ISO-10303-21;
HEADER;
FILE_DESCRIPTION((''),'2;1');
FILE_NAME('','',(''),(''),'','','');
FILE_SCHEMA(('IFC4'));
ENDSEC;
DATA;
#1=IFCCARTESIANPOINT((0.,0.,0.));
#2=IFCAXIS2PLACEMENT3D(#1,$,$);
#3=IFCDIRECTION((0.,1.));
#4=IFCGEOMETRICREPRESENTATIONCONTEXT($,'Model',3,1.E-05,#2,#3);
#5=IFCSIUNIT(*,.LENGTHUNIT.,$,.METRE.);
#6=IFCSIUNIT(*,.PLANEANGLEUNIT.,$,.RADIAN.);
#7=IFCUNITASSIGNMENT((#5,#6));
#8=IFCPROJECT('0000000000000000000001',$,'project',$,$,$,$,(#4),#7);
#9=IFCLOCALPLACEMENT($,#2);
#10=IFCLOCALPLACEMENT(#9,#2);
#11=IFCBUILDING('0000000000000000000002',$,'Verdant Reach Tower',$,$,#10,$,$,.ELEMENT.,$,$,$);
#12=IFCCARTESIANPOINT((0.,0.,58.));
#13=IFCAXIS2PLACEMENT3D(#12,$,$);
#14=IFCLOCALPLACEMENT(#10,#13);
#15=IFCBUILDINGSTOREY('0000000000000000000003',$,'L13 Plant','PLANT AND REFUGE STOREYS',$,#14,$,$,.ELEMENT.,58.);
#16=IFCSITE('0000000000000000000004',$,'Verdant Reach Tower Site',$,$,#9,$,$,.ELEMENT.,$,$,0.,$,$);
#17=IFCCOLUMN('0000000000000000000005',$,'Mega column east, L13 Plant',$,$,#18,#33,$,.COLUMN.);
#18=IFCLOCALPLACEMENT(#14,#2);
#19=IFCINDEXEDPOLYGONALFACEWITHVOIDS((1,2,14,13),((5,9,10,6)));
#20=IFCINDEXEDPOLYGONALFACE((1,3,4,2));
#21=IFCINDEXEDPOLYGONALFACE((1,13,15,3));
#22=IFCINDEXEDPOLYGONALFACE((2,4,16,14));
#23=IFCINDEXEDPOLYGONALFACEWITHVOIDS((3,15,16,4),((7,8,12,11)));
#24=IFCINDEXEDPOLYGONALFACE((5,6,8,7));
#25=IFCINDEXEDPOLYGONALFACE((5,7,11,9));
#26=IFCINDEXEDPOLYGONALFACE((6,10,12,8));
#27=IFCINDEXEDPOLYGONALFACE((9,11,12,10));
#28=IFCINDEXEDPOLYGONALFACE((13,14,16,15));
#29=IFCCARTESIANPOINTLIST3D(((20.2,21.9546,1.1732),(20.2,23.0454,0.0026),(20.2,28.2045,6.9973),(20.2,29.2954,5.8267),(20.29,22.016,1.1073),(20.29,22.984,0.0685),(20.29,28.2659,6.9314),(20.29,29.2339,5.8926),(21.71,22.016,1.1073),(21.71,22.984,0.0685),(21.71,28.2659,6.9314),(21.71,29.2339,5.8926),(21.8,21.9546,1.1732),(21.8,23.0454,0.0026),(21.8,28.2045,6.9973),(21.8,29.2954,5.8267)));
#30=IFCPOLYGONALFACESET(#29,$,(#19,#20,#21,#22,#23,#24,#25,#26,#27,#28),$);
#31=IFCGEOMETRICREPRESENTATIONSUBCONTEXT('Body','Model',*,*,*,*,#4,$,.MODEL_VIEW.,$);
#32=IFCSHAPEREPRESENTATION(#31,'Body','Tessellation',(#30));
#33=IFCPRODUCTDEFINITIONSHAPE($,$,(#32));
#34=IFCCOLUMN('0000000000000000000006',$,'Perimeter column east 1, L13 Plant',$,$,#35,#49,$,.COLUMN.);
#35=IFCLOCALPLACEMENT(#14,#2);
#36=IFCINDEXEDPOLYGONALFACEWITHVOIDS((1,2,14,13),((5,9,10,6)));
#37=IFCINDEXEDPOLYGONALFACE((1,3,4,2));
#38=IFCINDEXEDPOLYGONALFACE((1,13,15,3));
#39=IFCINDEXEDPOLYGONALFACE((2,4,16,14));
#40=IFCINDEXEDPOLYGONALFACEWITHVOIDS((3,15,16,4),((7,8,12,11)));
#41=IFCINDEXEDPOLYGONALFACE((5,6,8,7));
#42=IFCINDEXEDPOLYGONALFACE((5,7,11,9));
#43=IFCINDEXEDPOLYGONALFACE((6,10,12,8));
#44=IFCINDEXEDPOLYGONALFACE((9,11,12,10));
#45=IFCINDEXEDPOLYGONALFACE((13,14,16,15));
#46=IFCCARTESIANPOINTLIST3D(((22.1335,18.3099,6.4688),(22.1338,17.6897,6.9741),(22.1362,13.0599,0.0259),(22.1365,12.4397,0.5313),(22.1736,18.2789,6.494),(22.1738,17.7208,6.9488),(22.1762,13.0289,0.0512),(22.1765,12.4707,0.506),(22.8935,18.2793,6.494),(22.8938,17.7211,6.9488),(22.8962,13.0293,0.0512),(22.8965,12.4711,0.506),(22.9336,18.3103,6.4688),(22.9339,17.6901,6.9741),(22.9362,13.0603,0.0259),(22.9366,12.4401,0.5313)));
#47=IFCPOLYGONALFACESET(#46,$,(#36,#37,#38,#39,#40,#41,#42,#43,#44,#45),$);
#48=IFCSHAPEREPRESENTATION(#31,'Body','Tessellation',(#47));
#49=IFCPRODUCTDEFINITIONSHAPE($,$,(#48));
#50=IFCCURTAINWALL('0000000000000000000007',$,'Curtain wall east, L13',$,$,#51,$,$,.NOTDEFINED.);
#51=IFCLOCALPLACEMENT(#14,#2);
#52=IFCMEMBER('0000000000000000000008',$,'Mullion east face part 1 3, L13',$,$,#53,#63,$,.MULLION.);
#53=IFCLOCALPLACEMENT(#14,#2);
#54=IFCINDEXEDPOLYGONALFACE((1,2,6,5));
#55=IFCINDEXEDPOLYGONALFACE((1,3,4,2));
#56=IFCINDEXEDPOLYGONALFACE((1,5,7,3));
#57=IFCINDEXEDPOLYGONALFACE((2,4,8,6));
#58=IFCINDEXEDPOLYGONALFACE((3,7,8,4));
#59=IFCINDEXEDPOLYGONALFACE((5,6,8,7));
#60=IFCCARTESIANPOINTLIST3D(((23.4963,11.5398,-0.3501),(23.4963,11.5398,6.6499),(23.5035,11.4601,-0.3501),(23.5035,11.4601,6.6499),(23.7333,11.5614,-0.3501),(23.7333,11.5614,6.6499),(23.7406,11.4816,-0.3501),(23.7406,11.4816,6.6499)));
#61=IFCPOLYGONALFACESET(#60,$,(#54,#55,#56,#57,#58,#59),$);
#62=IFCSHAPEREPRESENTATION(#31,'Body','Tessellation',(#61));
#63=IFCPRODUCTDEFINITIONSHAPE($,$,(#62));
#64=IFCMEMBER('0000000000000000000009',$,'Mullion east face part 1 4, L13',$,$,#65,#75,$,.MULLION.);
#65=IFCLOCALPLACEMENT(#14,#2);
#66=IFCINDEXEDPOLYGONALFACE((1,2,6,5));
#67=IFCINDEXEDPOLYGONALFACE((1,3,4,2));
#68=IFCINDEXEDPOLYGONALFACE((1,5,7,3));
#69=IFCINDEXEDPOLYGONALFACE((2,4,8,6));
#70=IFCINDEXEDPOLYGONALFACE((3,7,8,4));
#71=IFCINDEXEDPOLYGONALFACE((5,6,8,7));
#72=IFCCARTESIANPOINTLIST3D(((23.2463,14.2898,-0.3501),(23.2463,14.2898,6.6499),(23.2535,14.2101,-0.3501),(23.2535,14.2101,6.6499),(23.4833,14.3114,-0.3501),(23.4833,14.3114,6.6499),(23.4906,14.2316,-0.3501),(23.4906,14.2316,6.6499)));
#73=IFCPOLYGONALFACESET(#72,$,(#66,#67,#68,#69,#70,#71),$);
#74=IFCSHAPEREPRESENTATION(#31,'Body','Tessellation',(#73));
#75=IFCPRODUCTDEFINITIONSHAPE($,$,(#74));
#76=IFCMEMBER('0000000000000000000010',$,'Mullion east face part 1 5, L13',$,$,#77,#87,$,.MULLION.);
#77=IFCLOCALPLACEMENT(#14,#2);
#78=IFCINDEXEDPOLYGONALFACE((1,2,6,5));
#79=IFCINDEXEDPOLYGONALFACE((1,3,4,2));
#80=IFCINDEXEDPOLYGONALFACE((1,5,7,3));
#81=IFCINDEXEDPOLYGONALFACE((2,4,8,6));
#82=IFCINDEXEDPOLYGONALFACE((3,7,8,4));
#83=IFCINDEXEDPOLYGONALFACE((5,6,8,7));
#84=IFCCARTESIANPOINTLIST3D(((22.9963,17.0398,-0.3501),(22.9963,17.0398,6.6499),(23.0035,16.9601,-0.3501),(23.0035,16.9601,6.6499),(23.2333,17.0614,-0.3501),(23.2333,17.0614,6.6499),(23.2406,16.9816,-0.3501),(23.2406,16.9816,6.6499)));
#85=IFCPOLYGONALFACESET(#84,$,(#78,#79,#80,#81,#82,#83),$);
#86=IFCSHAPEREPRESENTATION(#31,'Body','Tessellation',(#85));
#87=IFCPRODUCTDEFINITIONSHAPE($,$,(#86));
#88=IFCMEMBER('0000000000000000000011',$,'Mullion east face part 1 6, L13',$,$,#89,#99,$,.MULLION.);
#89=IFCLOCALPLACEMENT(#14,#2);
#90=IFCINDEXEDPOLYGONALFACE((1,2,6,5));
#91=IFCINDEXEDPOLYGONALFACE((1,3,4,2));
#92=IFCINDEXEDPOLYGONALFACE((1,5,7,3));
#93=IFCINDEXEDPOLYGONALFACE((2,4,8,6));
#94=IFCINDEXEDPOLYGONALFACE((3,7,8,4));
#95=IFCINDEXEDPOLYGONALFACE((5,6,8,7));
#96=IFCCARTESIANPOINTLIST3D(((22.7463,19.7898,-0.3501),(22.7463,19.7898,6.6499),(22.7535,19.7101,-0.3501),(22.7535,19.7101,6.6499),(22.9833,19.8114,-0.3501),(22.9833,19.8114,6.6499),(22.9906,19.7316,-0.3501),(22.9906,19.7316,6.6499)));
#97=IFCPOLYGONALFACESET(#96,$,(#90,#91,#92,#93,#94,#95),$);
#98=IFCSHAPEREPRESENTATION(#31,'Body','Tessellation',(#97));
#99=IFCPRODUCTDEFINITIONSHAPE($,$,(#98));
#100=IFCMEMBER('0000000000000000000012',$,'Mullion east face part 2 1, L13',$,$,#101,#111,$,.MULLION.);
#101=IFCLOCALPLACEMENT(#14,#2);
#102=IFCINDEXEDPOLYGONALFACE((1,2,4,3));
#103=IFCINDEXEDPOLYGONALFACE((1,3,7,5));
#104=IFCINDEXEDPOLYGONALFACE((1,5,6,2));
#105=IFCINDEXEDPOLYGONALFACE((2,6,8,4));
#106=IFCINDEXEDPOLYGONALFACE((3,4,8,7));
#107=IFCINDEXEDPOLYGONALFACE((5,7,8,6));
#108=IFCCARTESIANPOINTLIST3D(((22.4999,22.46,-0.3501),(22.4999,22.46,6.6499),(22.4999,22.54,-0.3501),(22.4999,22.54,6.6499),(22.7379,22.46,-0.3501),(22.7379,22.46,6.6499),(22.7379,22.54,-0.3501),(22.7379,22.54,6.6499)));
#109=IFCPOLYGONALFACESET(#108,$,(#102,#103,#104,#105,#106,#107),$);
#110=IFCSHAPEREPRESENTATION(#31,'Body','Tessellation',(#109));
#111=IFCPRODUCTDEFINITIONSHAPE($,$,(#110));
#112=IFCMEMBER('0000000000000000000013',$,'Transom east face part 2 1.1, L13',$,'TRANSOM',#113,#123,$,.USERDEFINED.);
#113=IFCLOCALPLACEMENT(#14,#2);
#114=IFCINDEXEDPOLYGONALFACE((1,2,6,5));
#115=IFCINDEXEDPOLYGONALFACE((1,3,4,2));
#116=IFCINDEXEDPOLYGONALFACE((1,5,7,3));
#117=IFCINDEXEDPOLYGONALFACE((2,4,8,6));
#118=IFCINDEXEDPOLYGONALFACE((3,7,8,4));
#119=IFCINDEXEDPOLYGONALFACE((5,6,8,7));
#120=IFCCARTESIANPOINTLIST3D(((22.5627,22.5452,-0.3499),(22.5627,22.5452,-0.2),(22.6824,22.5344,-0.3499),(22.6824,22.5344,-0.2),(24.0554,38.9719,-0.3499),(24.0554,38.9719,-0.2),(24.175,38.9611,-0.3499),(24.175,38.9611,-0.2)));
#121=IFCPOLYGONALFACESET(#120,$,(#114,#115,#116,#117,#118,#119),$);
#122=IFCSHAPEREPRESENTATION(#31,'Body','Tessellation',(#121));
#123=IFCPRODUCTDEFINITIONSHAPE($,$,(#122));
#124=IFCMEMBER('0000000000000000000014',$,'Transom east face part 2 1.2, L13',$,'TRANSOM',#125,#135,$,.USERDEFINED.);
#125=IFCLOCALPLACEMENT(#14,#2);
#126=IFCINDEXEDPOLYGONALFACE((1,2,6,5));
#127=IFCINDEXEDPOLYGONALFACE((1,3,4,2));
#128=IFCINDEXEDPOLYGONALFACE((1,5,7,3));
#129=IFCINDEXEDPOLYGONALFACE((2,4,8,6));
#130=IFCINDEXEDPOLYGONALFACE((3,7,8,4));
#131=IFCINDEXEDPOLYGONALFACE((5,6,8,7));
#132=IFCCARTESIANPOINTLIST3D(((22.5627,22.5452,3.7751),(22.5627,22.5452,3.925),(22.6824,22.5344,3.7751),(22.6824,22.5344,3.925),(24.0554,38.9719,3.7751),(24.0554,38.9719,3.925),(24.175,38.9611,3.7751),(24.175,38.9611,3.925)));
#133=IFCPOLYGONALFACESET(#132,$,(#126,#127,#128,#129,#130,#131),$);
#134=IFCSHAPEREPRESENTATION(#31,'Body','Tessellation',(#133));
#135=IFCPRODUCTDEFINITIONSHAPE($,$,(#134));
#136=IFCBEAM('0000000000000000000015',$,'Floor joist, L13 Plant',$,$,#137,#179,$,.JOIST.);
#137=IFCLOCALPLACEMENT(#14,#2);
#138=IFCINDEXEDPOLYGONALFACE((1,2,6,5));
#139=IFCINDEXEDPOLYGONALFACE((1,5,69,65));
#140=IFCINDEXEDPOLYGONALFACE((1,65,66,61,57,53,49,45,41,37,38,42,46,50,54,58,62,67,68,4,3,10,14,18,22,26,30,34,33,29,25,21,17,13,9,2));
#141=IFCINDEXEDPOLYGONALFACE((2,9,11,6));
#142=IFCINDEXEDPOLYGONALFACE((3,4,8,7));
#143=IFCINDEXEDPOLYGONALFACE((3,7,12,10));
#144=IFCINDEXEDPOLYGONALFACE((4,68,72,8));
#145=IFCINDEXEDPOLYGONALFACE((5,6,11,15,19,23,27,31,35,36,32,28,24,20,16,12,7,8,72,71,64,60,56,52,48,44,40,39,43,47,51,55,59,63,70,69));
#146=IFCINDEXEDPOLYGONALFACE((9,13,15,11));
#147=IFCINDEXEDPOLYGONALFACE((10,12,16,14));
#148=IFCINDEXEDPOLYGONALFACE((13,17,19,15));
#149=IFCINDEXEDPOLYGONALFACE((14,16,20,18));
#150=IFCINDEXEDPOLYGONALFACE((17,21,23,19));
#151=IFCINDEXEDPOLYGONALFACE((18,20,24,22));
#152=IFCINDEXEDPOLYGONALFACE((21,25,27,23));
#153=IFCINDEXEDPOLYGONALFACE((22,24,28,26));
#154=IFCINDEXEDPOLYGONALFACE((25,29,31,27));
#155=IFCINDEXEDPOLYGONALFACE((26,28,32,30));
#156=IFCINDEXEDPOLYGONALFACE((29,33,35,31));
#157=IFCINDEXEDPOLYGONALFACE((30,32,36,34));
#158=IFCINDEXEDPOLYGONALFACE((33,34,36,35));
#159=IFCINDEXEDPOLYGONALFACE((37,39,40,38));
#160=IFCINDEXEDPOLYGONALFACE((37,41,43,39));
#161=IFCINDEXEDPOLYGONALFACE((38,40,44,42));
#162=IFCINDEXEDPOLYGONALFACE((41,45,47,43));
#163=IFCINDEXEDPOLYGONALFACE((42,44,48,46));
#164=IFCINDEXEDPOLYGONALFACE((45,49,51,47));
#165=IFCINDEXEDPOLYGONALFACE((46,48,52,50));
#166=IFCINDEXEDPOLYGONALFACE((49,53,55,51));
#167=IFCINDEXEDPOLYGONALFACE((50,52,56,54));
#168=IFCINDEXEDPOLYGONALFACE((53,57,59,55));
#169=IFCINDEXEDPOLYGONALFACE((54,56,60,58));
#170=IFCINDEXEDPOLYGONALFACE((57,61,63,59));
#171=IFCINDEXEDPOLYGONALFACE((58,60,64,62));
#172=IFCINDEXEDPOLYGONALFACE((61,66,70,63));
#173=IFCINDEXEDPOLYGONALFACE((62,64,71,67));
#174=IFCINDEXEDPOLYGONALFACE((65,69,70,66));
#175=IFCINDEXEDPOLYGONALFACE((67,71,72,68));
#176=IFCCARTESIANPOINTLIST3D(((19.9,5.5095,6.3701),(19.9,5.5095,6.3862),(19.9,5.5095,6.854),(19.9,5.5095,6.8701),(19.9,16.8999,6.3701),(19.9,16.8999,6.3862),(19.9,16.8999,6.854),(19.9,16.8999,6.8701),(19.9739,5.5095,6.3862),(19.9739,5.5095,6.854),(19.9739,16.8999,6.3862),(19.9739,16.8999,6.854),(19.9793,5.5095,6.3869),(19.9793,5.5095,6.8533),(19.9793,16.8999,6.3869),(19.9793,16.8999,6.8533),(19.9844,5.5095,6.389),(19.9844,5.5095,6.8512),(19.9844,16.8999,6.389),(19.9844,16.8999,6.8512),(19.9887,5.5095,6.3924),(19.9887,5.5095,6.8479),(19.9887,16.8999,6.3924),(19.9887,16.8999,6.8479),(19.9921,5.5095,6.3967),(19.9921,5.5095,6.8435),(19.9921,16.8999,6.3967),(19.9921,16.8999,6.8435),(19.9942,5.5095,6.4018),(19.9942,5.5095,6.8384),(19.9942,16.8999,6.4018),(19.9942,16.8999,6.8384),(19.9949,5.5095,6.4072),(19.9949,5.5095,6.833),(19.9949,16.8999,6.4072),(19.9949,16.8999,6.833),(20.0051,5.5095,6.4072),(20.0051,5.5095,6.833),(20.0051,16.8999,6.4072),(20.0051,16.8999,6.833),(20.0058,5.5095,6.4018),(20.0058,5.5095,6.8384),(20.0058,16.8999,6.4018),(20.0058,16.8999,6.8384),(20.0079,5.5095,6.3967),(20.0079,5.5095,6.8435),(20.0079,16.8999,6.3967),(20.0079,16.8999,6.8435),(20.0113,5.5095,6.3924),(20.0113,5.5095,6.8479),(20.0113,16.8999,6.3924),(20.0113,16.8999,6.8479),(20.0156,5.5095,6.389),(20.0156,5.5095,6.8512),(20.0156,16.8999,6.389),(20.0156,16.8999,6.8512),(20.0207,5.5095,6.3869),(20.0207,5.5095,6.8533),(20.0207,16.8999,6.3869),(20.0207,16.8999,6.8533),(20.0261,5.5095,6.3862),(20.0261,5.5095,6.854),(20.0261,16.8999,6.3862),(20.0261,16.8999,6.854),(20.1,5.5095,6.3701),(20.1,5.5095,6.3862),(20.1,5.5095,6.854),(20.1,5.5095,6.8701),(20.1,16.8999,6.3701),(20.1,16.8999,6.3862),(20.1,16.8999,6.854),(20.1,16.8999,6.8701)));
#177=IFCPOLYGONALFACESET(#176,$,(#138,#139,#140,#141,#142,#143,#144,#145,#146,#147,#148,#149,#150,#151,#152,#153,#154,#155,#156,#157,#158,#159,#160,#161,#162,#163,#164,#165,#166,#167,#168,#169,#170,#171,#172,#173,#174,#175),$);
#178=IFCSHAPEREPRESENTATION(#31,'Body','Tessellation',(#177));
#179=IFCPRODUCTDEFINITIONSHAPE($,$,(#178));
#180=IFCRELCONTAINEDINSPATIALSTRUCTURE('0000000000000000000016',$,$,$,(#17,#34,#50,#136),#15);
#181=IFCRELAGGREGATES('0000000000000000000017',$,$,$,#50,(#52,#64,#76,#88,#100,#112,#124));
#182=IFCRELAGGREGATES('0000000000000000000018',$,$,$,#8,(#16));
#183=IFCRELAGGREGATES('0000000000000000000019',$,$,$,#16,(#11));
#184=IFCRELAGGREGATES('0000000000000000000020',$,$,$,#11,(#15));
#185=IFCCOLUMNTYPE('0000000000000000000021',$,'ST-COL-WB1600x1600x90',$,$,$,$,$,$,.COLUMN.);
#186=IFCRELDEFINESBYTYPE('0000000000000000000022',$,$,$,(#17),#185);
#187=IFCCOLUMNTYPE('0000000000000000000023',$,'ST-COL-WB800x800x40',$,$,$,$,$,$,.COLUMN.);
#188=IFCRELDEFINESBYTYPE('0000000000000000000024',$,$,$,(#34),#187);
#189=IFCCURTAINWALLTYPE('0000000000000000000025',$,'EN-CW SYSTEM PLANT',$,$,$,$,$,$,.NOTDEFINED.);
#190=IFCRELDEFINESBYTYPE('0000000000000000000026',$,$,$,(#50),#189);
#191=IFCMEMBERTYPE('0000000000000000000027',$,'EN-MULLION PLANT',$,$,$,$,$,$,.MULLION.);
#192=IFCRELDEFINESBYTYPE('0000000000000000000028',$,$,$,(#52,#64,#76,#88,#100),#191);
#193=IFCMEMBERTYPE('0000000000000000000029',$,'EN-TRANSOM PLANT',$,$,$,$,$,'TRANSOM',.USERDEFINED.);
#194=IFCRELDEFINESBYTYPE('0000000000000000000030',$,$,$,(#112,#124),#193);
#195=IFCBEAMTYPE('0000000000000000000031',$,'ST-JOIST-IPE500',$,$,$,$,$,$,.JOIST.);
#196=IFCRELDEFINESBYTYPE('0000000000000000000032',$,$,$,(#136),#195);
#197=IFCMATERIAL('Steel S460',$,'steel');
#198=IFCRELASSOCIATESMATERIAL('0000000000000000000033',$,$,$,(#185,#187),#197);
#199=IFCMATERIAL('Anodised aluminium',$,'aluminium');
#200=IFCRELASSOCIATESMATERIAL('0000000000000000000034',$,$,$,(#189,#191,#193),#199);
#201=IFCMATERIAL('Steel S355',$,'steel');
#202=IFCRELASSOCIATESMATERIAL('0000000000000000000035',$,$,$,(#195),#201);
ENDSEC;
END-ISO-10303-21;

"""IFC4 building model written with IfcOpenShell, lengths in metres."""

from ifc_helpers import new_model, si_unit, direction, frame, origin, origin_2d, place, context, subcontext, project, spatial, rectangle, hollow_rectangle, i_section, extrude, material, material_profile, profile_set, type_object, element, aggregate, save


model = new_model("IFC4")

# Units and contexts
model_context = context("Model", 3, precision=1e-05, world=origin(), true_north=direction((0.0, 1.0)))
body_context = subcontext(model_context, "Body", "Model", "MODEL_VIEW")
ifc_project = project(units=[si_unit("LENGTHUNIT", "METRE"), si_unit("PLANEANGLEUNIT", "RADIAN")], contexts=[model_context])

# Site, building, storey
site_placement = place(None, origin())
site = spatial("IfcSite", under=ifc_project, at=site_placement, Name="Verdant Reach Tower Site", CompositionType="ELEMENT", RefElevation=0.0)
building_placement = place(site_placement, origin())
building = spatial("IfcBuilding", under=site, at=building_placement, Name="Verdant Reach Tower", CompositionType="ELEMENT")
storey_placement = place(building_placement, frame((0.0, 0.0, 58.0)))
storey = spatial("IfcBuildingStorey", under=building, at=storey_placement, Name="L13 Plant", Description="PLANT AND REFUGE STOREYS", CompositionType="ELEMENT", Elevation=58.0)

# Columns
ifc_material_1 = material(Name="Steel S460", Category="steel")
ifc_material_profile_1 = material_profile(ifc_material_1, hollow_rectangle(XDim=1.6001, YDim=1.6001, WallThickness=0.0901, at=origin_2d()), Name="WB 1600x1600x90")
ifc_profile_set_1 = profile_set([ifc_material_profile_1], Name="Steel S460")
column_type_1 = type_object("IfcColumnType", Name="ST-COL-WB1600x1600x90", PredefinedType="COLUMN", material=ifc_profile_set_1)
column_1_placement = place(storey_placement, frame((21.0, 22.5, 0.5879), z_axis=(0.0, 0.731587, 0.681748), x_axis=(-1.0, 0.0, 0.0)))
element("IfcColumn", 1, at=column_1_placement, inside=storey, type_object=column_type_1, Name="Mega column east, L13 Plant", PredefinedType="COLUMN", context=body_context, shape_type="SweptSolid", body=[
    extrude(hollow_rectangle(XDim=1.6001, YDim=1.6001, WallThickness=0.0901, at=origin_2d()), origin(), (0.0, 0.0, 1.0), 8.543),
])
ifc_material_profile_2 = material_profile(ifc_material_1, hollow_rectangle(XDim=0.8, YDim=0.8, WallThickness=0.04, at=origin_2d()), Name="WB 800x800x40")
ifc_profile_set_2 = profile_set([ifc_material_profile_2], Name="Steel S460")
column_type_2 = type_object("IfcColumnType", Name="ST-COL-WB800x800x40", PredefinedType="COLUMN", material=ifc_profile_set_2)
column_2_placement = place(storey_placement, frame((22.5364, 12.75, 0.2786), z_axis=(-0.000323, 0.631691, 0.77522), x_axis=(-1.0, -0.000512, 0.0)))
element("IfcColumn", 2, at=column_2_placement, inside=storey, type_object=column_type_2, Name="Perimeter column east 1, L13 Plant", PredefinedType="COLUMN", context=body_context, shape_type="SweptSolid", body=[
    extrude(hollow_rectangle(XDim=0.8, YDim=0.8, WallThickness=0.04, at=origin_2d()), origin(), (0.0, 0.0, 1.0), 8.311),
])

# Curtain wall, members
ifc_material_2 = material(Name="Anodised aluminium", Category="aluminium")
curtain_wall_type = type_object("IfcCurtainWallType", Name="EN-CW SYSTEM PLANT", PredefinedType="NOTDEFINED", material=ifc_material_2)
curtain_wall_placement = place(storey_placement, origin())
curtain_wall = element("IfcCurtainWall", 3, at=curtain_wall_placement, inside=storey, type_object=curtain_wall_type, Name="Curtain wall east, L13", PredefinedType="NOTDEFINED")
ifc_material_profile_3 = material_profile(ifc_material_2, rectangle(XDim=0.238, YDim=0.0801, at=origin_2d()), Name="Mullion 80x240")
ifc_profile_set_3 = profile_set([ifc_material_profile_3], Name="Anodised aluminium")
member_type_1 = type_object("IfcMemberType", Name="EN-MULLION PLANT", PredefinedType="MULLION", material=ifc_profile_set_3)
member_1_placement = place(storey_placement, frame((23.6184, 11.5107, -0.3501), z_axis=(0.0, 0.0, 1.0), x_axis=(0.995893, 0.090536, 0.0)))
member_1 = element("IfcMember", 4, at=member_1_placement, type_object=member_type_1, Name="Mullion east face part 1 3, L13", PredefinedType="MULLION", context=body_context, shape_type="SweptSolid", body=[
    extrude(rectangle(XDim=0.238, YDim=0.0801, at=origin_2d()), origin(), (0.0, 0.0, 1.0), 7.0),
])
member_2_placement = place(storey_placement, frame((23.3684, 14.2607, -0.3501), z_axis=(0.0, 0.0, 1.0), x_axis=(0.995893, 0.090536, 0.0)))
member_2 = element("IfcMember", 5, at=member_2_placement, type_object=member_type_1, Name="Mullion east face part 1 4, L13", PredefinedType="MULLION", context=body_context, shape_type="SweptSolid", body=[
    extrude(rectangle(XDim=0.238, YDim=0.0801, at=origin_2d()), origin(), (0.0, 0.0, 1.0), 7.0),
])
member_3_placement = place(storey_placement, frame((23.1184, 17.0107, -0.3501), z_axis=(0.0, 0.0, 1.0), x_axis=(0.995893, 0.090536, 0.0)))
member_3 = element("IfcMember", 6, at=member_3_placement, type_object=member_type_1, Name="Mullion east face part 1 5, L13", PredefinedType="MULLION", context=body_context, shape_type="SweptSolid", body=[
    extrude(rectangle(XDim=0.238, YDim=0.0801, at=origin_2d()), origin(), (0.0, 0.0, 1.0), 7.0),
])
member_4_placement = place(storey_placement, frame((22.8684, 19.7607, -0.3501), z_axis=(0.0, 0.0, 1.0), x_axis=(0.995893, 0.090536, 0.0)))
member_4 = element("IfcMember", 7, at=member_4_placement, type_object=member_type_1, Name="Mullion east face part 1 6, L13", PredefinedType="MULLION", context=body_context, shape_type="SweptSolid", body=[
    extrude(rectangle(XDim=0.238, YDim=0.0801, at=origin_2d()), origin(), (0.0, 0.0, 1.0), 7.0),
])
member_5_placement = place(storey_placement, frame((22.6189, 22.5, -0.3501), z_axis=(0.0, 0.0, 1.0), x_axis=(1.0, 0.0, 0.0)))
member_5 = element("IfcMember", 8, at=member_5_placement, type_object=member_type_1, Name="Mullion east face part 2 1, L13", PredefinedType="MULLION", context=body_context, shape_type="SweptSolid", body=[
    extrude(rectangle(XDim=0.238, YDim=0.0801, at=origin_2d()), origin(), (0.0, 0.0, 1.0), 7.0),
])
ifc_material_profile_4 = material_profile(ifc_material_2, rectangle(XDim=0.1201, YDim=0.1499, at=origin_2d()), Name="Transom 150x120")
ifc_profile_set_4 = profile_set([ifc_material_profile_4], Name="Anodised aluminium")
member_type_2 = type_object("IfcMemberType", Name="EN-TRANSOM PLANT", ElementType="TRANSOM", PredefinedType="USERDEFINED", material=ifc_profile_set_4)
member_6_placement = place(storey_placement, frame((22.6226, 22.5398, -0.2749), z_axis=(0.090496, 0.995897, 0.0), x_axis=(-0.995897, 0.090496, 0.0)))
member_6 = element("IfcMember", 9, at=member_6_placement, type_object=member_type_2, Name="Transom east face part 2 1.1, L13", ObjectType="TRANSOM", PredefinedType="USERDEFINED", context=body_context, shape_type="SweptSolid", body=[
    extrude(rectangle(XDim=0.1201, YDim=0.1499, at=origin_2d()), origin(), (0.0, 0.0, 1.0), 16.4944),
])
member_7_placement = place(storey_placement, frame((22.6226, 22.5398, 3.8501), z_axis=(0.090496, 0.995897, 0.0), x_axis=(-0.995897, 0.090496, 0.0)))
member_7 = element("IfcMember", 10, at=member_7_placement, type_object=member_type_2, Name="Transom east face part 2 1.2, L13", ObjectType="TRANSOM", PredefinedType="USERDEFINED", context=body_context, shape_type="SweptSolid", body=[
    extrude(rectangle(XDim=0.1201, YDim=0.1499, at=origin_2d()), origin(), (0.0, 0.0, 1.0), 16.4944),
])

# Beam
ifc_material_3 = material(Name="Steel S355", Category="steel")
ifc_material_profile_5 = material_profile(ifc_material_3, i_section(OverallWidth=0.2, OverallDepth=0.5, WebThickness=0.0103, FlangeThickness=0.0161, FilletRadius=0.021, at=origin_2d()), Name="IPE 500")
ifc_profile_set_5 = profile_set([ifc_material_profile_5], Name="Steel S355")
beam_type_1 = type_object("IfcBeamType", Name="ST-JOIST-IPE500", PredefinedType="JOIST", material=ifc_profile_set_5)
beam_1_placement = place(storey_placement, frame((20.0, 16.8999, 6.6201), z_axis=(0.0, -1.0, 0.0), x_axis=(1.0, 0.0, 0.0)))
element("IfcBeam", 11, at=beam_1_placement, inside=storey, type_object=beam_type_1, Name="Floor joist, L13 Plant", PredefinedType="JOIST", context=body_context, shape_type="SweptSolid", body=[
    extrude(i_section(OverallWidth=0.2, OverallDepth=0.5, WebThickness=0.0103, FlangeThickness=0.0161, FilletRadius=0.021, at=origin_2d()), origin(), (0.0, 0.0, 1.0), 11.3904),
])

aggregate(curtain_wall, [member_1, member_2, member_3, member_4, member_5, member_6, member_7])

save(model, "model.ifc")
